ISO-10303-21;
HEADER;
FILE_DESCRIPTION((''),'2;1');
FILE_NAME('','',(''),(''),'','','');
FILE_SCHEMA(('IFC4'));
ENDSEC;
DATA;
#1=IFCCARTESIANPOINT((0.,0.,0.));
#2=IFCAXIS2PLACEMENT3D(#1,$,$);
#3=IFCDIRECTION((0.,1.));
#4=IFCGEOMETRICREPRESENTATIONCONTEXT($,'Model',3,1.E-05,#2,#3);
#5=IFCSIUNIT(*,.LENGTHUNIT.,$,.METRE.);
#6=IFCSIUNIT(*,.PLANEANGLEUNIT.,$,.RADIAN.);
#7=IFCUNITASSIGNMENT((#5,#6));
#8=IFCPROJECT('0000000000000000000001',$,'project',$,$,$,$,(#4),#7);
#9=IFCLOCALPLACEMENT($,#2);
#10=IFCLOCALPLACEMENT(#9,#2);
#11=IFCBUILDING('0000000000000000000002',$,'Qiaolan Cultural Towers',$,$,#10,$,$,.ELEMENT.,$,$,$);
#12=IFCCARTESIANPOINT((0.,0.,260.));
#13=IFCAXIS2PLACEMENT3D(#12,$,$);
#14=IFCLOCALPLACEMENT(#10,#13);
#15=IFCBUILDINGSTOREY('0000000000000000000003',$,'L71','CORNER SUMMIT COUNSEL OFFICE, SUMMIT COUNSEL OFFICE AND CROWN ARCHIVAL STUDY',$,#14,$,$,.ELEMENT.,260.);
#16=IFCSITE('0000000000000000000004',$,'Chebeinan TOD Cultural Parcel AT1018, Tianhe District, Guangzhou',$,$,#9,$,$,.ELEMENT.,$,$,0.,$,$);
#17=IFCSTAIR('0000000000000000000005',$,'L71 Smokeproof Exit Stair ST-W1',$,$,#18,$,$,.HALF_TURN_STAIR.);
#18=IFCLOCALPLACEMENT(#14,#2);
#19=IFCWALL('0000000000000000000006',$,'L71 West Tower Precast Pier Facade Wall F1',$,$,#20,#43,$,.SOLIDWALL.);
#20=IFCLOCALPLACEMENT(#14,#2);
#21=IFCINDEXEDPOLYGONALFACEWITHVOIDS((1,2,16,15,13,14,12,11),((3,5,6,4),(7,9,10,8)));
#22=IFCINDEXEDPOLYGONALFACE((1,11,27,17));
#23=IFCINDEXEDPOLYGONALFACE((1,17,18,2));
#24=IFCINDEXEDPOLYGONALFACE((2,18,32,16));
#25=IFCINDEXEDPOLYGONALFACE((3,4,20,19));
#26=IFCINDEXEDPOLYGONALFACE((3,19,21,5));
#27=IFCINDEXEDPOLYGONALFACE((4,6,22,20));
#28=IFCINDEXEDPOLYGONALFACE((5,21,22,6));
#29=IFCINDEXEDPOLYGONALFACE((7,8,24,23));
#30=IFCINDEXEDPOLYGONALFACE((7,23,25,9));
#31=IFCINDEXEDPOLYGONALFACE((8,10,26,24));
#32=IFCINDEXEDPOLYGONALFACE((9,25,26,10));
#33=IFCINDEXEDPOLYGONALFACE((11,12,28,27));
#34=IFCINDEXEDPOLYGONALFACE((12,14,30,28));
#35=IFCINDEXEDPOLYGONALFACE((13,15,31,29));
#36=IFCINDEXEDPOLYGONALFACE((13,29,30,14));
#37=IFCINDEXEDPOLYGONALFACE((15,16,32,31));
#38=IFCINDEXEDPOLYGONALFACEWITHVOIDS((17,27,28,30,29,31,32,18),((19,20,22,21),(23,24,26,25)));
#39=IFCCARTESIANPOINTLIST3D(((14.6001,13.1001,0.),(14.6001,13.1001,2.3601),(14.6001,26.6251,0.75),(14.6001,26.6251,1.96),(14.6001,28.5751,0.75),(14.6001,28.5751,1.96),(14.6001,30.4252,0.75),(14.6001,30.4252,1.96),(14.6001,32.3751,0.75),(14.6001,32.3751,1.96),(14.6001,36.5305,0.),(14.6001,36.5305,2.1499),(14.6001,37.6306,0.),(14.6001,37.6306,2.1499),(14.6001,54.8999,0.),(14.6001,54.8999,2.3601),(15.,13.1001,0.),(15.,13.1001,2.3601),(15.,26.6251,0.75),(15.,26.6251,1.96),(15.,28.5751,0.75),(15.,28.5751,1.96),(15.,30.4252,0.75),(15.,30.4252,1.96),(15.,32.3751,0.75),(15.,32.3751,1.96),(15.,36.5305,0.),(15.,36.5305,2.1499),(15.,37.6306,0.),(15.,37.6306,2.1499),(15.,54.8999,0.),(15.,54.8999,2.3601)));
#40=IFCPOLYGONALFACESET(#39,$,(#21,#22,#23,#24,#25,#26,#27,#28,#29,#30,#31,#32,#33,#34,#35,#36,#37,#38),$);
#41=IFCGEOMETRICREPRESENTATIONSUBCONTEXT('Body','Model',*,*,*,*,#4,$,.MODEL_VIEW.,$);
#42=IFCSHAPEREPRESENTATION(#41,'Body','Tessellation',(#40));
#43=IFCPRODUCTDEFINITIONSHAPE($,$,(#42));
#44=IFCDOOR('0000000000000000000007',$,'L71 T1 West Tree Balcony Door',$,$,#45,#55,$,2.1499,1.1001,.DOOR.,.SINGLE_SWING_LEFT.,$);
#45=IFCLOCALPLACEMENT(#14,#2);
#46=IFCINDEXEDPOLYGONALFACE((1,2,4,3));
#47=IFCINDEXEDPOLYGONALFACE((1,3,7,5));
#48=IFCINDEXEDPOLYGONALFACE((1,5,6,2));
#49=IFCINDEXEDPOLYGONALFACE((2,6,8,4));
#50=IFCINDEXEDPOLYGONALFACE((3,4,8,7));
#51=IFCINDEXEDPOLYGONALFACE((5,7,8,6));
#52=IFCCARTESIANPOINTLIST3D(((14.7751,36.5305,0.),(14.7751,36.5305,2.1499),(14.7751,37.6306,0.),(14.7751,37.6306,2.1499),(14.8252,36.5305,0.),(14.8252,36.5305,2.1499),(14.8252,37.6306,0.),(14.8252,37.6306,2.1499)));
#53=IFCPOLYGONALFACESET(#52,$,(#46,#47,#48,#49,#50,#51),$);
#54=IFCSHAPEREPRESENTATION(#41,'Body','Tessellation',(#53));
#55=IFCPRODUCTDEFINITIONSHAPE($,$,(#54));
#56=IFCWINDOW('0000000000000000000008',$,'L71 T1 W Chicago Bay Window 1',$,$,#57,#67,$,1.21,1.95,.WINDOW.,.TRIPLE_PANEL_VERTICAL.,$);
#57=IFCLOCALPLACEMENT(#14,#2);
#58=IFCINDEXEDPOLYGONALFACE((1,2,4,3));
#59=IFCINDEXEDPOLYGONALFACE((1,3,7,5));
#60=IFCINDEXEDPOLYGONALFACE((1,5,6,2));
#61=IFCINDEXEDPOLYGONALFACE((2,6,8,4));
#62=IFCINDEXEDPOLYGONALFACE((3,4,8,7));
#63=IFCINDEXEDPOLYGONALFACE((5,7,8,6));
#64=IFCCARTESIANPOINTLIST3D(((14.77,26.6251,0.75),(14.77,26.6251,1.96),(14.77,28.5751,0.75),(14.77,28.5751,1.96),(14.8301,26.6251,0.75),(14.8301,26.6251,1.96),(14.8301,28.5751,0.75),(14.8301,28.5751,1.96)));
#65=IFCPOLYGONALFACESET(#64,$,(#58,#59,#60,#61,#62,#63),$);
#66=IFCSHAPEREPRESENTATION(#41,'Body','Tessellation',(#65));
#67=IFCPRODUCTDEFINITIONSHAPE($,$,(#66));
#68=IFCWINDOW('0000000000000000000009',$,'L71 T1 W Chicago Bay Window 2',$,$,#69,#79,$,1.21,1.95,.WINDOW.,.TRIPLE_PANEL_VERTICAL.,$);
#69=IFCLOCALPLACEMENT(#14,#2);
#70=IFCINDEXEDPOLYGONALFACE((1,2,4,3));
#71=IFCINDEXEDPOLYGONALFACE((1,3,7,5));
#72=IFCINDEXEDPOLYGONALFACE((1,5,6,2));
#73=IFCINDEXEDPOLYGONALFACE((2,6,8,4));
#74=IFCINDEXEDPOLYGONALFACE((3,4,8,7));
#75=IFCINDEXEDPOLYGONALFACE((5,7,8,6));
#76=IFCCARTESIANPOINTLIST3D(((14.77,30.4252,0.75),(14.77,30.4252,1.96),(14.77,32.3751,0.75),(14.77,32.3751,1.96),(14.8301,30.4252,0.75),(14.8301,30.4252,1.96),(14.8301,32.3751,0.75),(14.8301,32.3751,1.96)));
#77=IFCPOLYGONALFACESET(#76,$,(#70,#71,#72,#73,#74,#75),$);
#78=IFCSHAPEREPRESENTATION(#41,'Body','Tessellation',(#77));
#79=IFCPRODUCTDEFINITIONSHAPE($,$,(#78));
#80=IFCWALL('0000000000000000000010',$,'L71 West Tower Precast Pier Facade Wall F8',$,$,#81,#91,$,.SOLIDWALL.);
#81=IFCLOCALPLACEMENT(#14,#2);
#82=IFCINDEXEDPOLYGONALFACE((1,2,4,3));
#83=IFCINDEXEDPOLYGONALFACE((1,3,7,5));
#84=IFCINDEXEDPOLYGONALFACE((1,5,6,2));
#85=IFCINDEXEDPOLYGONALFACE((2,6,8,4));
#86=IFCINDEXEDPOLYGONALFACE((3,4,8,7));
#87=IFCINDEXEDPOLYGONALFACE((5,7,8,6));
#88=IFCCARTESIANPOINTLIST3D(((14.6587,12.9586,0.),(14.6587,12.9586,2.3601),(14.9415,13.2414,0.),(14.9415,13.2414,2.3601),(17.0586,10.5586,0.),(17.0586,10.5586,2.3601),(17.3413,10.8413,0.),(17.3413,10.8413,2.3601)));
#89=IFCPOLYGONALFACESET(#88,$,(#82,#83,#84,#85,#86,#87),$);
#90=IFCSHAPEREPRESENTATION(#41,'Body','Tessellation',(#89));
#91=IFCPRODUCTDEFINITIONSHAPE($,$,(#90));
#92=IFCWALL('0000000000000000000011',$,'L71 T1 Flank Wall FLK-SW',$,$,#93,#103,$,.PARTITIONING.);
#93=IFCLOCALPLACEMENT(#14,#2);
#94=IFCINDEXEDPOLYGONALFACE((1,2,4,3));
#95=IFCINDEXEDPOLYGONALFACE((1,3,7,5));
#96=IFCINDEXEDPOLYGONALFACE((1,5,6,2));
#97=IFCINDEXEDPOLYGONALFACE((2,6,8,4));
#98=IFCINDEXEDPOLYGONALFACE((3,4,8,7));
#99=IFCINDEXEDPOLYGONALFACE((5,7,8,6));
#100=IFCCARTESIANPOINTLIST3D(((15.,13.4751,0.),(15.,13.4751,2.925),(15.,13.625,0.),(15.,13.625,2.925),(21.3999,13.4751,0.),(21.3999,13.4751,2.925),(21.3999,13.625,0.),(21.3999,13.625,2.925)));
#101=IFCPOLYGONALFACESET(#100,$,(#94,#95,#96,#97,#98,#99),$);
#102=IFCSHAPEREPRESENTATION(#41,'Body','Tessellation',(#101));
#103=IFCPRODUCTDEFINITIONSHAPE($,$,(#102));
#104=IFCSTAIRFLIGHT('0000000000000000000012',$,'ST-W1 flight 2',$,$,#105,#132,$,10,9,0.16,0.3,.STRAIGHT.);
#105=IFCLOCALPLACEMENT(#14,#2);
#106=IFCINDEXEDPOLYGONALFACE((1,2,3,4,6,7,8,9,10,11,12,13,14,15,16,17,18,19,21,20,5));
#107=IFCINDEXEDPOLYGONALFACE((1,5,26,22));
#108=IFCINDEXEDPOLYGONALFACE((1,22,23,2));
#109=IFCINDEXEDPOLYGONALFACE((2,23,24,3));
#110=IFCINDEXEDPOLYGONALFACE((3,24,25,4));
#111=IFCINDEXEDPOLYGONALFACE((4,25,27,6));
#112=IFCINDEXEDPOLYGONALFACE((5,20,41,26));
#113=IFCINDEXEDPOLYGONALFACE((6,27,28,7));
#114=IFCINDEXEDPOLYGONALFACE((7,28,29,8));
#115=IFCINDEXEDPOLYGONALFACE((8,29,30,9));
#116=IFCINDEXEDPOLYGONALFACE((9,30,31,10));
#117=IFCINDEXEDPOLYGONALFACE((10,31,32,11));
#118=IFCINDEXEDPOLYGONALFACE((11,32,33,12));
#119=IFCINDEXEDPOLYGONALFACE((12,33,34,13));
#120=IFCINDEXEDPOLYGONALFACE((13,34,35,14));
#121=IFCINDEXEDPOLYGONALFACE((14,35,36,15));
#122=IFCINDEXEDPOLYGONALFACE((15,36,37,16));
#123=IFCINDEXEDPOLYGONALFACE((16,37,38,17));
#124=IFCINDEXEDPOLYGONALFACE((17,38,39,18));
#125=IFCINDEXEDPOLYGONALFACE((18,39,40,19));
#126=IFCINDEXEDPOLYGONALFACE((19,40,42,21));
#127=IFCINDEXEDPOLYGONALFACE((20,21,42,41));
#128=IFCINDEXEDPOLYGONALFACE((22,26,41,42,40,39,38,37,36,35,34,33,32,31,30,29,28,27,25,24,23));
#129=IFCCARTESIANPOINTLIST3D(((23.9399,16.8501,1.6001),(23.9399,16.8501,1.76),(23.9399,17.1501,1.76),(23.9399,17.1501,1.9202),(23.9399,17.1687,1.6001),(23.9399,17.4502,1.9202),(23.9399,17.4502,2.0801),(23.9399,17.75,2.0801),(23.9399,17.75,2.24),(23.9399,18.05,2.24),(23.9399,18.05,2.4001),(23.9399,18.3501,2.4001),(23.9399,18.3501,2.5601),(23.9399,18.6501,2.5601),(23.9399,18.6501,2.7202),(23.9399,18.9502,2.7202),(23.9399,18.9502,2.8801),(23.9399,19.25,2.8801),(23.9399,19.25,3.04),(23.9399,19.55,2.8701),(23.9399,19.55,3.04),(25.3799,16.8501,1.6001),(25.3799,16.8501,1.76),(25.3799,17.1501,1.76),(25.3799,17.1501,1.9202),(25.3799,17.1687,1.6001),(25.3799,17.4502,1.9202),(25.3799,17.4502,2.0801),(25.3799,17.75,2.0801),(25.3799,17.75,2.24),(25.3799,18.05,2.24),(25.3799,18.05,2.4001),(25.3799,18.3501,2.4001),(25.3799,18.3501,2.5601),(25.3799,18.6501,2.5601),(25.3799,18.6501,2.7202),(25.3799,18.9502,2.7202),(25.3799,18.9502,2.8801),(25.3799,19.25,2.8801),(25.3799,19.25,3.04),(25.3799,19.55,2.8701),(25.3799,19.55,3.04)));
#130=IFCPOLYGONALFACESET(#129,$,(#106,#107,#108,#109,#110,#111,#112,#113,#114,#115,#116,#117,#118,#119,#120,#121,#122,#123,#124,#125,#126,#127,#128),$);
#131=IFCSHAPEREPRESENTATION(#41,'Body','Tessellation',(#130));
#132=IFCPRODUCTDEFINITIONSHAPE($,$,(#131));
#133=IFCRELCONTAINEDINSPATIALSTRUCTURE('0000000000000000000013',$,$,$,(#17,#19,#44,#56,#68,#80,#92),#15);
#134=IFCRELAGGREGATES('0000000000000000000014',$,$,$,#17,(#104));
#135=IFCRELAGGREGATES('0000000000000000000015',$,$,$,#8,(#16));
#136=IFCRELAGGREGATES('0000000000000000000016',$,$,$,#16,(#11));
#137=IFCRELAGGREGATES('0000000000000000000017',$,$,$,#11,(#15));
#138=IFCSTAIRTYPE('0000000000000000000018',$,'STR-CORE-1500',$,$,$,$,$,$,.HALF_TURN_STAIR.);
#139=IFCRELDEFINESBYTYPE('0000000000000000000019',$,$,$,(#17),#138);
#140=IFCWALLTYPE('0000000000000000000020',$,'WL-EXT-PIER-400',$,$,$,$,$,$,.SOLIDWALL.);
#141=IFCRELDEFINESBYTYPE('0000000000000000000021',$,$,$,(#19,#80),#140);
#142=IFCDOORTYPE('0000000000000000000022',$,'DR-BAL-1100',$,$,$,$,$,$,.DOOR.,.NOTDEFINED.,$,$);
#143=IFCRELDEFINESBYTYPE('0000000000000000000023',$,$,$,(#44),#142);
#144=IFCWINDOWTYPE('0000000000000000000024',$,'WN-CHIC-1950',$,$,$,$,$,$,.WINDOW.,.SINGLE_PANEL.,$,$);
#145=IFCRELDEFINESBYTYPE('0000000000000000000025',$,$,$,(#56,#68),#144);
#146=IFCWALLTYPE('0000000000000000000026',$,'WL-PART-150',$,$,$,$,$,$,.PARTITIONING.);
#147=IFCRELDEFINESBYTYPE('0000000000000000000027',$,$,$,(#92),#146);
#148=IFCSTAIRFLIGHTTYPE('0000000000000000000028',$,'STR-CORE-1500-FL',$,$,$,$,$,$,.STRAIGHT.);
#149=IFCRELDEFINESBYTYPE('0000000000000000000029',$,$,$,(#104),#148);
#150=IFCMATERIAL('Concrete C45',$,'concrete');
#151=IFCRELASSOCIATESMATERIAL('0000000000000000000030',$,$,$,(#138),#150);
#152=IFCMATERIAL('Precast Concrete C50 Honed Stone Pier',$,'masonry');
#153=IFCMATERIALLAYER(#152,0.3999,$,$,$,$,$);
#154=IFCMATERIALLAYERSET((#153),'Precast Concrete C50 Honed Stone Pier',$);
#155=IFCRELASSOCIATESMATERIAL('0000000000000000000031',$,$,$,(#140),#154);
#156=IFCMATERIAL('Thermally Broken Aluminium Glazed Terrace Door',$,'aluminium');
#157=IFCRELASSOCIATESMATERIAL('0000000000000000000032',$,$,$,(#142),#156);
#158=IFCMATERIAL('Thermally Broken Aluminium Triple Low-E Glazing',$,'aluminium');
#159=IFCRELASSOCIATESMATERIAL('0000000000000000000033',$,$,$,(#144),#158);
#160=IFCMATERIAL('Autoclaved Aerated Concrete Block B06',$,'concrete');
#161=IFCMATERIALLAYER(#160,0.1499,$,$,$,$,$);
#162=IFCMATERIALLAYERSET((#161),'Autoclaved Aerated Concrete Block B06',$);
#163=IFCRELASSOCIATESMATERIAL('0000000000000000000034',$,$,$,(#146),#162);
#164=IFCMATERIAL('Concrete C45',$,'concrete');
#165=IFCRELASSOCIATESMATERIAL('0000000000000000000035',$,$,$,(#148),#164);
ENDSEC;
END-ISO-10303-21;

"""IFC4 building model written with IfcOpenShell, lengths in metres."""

from ifc_helpers import new_model, si_unit, direction, frame, frame_2d, origin, place, context, subcontext, project, spatial, polyline, rectangle, outline, extrude, material, layer, layer_set, type_object, element, fill, aggregate, save


model = new_model("IFC4")

# Units and contexts
model_context = context("Model", 3, precision=1e-05, world=origin(), true_north=direction((0.0, 1.0)))
body_context = subcontext(model_context, "Body", "Model", "MODEL_VIEW")
ifc_project = project(units=[si_unit("LENGTHUNIT", "METRE"), si_unit("PLANEANGLEUNIT", "RADIAN")], contexts=[model_context])

# Site, building, storey
site_placement = place(None, origin())
site = spatial("IfcSite", under=ifc_project, at=site_placement, Name="Chebeinan TOD Cultural Parcel AT1018, Tianhe District, Guangzhou", CompositionType="ELEMENT", RefElevation=0.0)
building_placement = place(site_placement, origin())
building = spatial("IfcBuilding", under=site, at=building_placement, Name="Qiaolan Cultural Towers", CompositionType="ELEMENT")
storey_placement = place(building_placement, frame((0.0, 0.0, 260.0)))
storey = spatial("IfcBuildingStorey", under=building, at=storey_placement, Name="L71", Description="CORNER SUMMIT COUNSEL OFFICE, SUMMIT COUNSEL OFFICE AND CROWN ARCHIVAL STUDY", CompositionType="ELEMENT", Elevation=260.0)

# Stair
ifc_material_1 = material(Name="Concrete C45", Category="concrete")
stair_type = type_object("IfcStairType", Name="STR-CORE-1500", PredefinedType="HALF_TURN_STAIR", material=ifc_material_1)
stair_1_placement = place(storey_placement, origin())
stair_1 = element("IfcStair", 1, at=stair_1_placement, inside=storey, type_object=stair_type, Name="L71 Smokeproof Exit Stair ST-W1", PredefinedType="HALF_TURN_STAIR")

# Wall, openings, door, windows
ifc_material_2 = material(Name="Precast Concrete C50 Honed Stone Pier", Category="masonry")
ifc_layer_1 = layer(ifc_material_2, 0.3999)
ifc_layer_set_1 = layer_set([ifc_layer_1], Name="Precast Concrete C50 Honed Stone Pier")
wall_type_1 = type_object("IfcWallType", Name="WL-EXT-PIER-400", PredefinedType="SOLIDWALL", material=ifc_layer_set_1)
wall_1_placement = place(storey_placement, frame((14.8, 13.1001, 0.0), z_axis=(0.0, 0.0, 1.0), x_axis=(0.0, 1.0, 0.0)))
wall_1 = element("IfcWall", 2, at=wall_1_placement, inside=storey, type_object=wall_type_1, Name="L71 West Tower Precast Pier Facade Wall F1", PredefinedType="SOLIDWALL", context=body_context, shape_type="SweptSolid", body=[
    extrude(rectangle(XDim=41.7998, YDim=0.3999, at=frame_2d((20.8999, 0.0))), origin(), (0.0, 0.0, 1.0), 2.3601),
])
opening_1_placement = place(wall_1_placement, frame((13.5249, 0.0, 0.75)))
opening_1 = element("IfcOpeningElement", 3, at=opening_1_placement, cuts=wall_1, PredefinedType="OPENING", context=body_context, shape_type="SweptSolid", body=[
    extrude(rectangle(XDim=1.95, YDim=1.21, at=frame_2d((0.9751, 0.605))), frame((0.0, 0.21, 0.0), z_axis=(0.0, -1.0, 0.0), x_axis=(1.0, 0.0, 0.0)), (0.0, 0.0, 1.0), 0.4199),
])
opening_2_placement = place(wall_1_placement, frame((17.325, 0.0, 0.75)))
opening_2 = element("IfcOpeningElement", 4, at=opening_2_placement, cuts=wall_1, PredefinedType="OPENING", context=body_context, shape_type="SweptSolid", body=[
    extrude(rectangle(XDim=1.95, YDim=1.21, at=frame_2d((0.9751, 0.605))), frame((0.0, 0.21, 0.0), z_axis=(0.0, -1.0, 0.0), x_axis=(1.0, 0.0, 0.0)), (0.0, 0.0, 1.0), 0.4199),
])
opening_3_placement = place(wall_1_placement, frame((23.4304, 0.0, 0.0)))
opening_3 = element("IfcOpeningElement", 5, at=opening_3_placement, cuts=wall_1, PredefinedType="OPENING", context=body_context, shape_type="SweptSolid", body=[
    extrude(rectangle(XDim=1.1001, YDim=2.1499, at=frame_2d((0.55, 1.075))), frame((0.0, 0.21, 0.0), z_axis=(0.0, -1.0, 0.0), x_axis=(1.0, 0.0, 0.0)), (0.0, 0.0, 1.0), 0.4199),
])
ifc_material_3 = material(Name="Thermally Broken Aluminium Glazed Terrace Door", Category="aluminium")
door_type = type_object("IfcDoorType", Name="DR-BAL-1100", OperationType="NOTDEFINED", PredefinedType="DOOR", material=ifc_material_3)
door_placement = place(opening_3_placement, origin())
door = element("IfcDoor", 6, at=door_placement, inside=storey, type_object=door_type, Name="L71 T1 West Tree Balcony Door", OperationType="SINGLE_SWING_LEFT", OverallHeight=2.1499, OverallWidth=1.1001, PredefinedType="DOOR", context=body_context, shape_type="SweptSolid", body=[
    extrude(rectangle(XDim=1.1001, YDim=2.1499, at=frame_2d((0.55, 1.075))), frame((0.0, 0.0249, 0.0), z_axis=(0.0, -1.0, 0.0), x_axis=(1.0, 0.0, 0.0)), (0.0, 0.0, 1.0), 0.05),
])
fill(opening_3, door)
ifc_material_4 = material(Name="Thermally Broken Aluminium Triple Low-E Glazing", Category="aluminium")
window_type = type_object("IfcWindowType", Name="WN-CHIC-1950", PartitioningType="SINGLE_PANEL", PredefinedType="WINDOW", material=ifc_material_4)
window_1_placement = place(opening_1_placement, origin())
window_1 = element("IfcWindow", 7, at=window_1_placement, inside=storey, type_object=window_type, Name="L71 T1 W Chicago Bay Window 1", OverallHeight=1.21, OverallWidth=1.95, PartitioningType="TRIPLE_PANEL_VERTICAL", PredefinedType="WINDOW", context=body_context, shape_type="SweptSolid", body=[
    extrude(rectangle(XDim=1.95, YDim=1.21, at=frame_2d((0.9751, 0.605))), frame((0.0, 0.03, 0.0), z_axis=(0.0, -1.0, 0.0), x_axis=(1.0, 0.0, 0.0)), (0.0, 0.0, 1.0), 0.0601),
])
fill(opening_1, window_1)
window_2_placement = place(opening_2_placement, origin())
window_2 = element("IfcWindow", 8, at=window_2_placement, inside=storey, type_object=window_type, Name="L71 T1 W Chicago Bay Window 2", OverallHeight=1.21, OverallWidth=1.95, PartitioningType="TRIPLE_PANEL_VERTICAL", PredefinedType="WINDOW", context=body_context, shape_type="SweptSolid", body=[
    extrude(rectangle(XDim=1.95, YDim=1.21, at=frame_2d((0.9751, 0.605))), frame((0.0, 0.03, 0.0), z_axis=(0.0, -1.0, 0.0), x_axis=(1.0, 0.0, 0.0)), (0.0, 0.0, 1.0), 0.0601),
])
fill(opening_2, window_2)

# Walls
wall_2_placement = place(storey_placement, frame((17.2, 10.7, 0.0), z_axis=(0.0, 0.0, 1.0), x_axis=(-0.707071, 0.707143, 0.0)))
element("IfcWall", 9, at=wall_2_placement, inside=storey, type_object=wall_type_1, Name="L71 West Tower Precast Pier Facade Wall F8", PredefinedType="SOLIDWALL", context=body_context, shape_type="SweptSolid", body=[
    extrude(rectangle(XDim=3.394, YDim=0.3999, at=frame_2d((1.697, 0.0))), origin(), (0.0, 0.0, 1.0), 2.3601),
])
ifc_material_5 = material(Name="Autoclaved Aerated Concrete Block B06", Category="concrete")
ifc_layer_2 = layer(ifc_material_5, 0.1499)
ifc_layer_set_2 = layer_set([ifc_layer_2], Name="Autoclaved Aerated Concrete Block B06")
wall_type_2 = type_object("IfcWallType", Name="WL-PART-150", PredefinedType="PARTITIONING", material=ifc_layer_set_2)
wall_3_placement = place(storey_placement, frame((15.0, 13.55, 0.0), z_axis=(0.0, 0.0, 1.0), x_axis=(1.0, 0.0, 0.0)))
element("IfcWall", 10, at=wall_3_placement, inside=storey, type_object=wall_type_2, Name="L71 T1 Flank Wall FLK-SW", PredefinedType="PARTITIONING", context=body_context, shape_type="SweptSolid", body=[
    extrude(rectangle(XDim=6.3999, YDim=0.1499, at=frame_2d((3.2, 0.0))), origin(), (0.0, 0.0, 1.0), 2.925),
])

# Stair flight
ifc_material_6 = material(Name="Concrete C45", Category="concrete")
stair_flight_type = type_object("IfcStairFlightType", Name="STR-CORE-1500-FL", PredefinedType="STRAIGHT", material=ifc_material_6)
stair_flight_placement = place(storey_placement, frame((24.6599, 16.8501, 1.6001), z_axis=(0.0, 0.0, 1.0), x_axis=(0.0, 1.0, 0.0)))
stair_flight = element("IfcStairFlight", 11, at=stair_flight_placement, type_object=stair_flight_type, Name="ST-W1 flight 2", NumberOfRisers=10, NumberOfTreads=9, PredefinedType="STRAIGHT", RiserHeight=0.16, TreadLength=0.3, context=body_context, shape_type="SweptSolid", body=[
    extrude(outline(polyline([(0.0, 0.0), (0.0, 0.1599), (0.3, 0.1599), (0.3, 0.3201), (0.6001, 0.3201), (0.6001, 0.48), (0.8999, 0.48), (0.8999, 0.6399), (1.2, 0.6399), (1.2, 0.8), (1.5, 0.8), (1.5, 0.96), (1.8, 0.96), (1.8, 1.1201), (2.1001, 1.1201), (2.1001, 1.28), (2.3999, 1.28), (2.3999, 1.4399), (2.7, 1.4399), (2.7, 1.6001), (2.7, 1.27), (0.3186, 0.0), (0.0, 0.0)])), frame((0.0, 0.72, 0.0), z_axis=(0.0, -1.0, 0.0), x_axis=(1.0, 0.0, 0.0)), (0.0, 0.0, 1.0), 1.4399),
])
aggregate(stair_1, [stair_flight])

save(model, "model.ifc")
